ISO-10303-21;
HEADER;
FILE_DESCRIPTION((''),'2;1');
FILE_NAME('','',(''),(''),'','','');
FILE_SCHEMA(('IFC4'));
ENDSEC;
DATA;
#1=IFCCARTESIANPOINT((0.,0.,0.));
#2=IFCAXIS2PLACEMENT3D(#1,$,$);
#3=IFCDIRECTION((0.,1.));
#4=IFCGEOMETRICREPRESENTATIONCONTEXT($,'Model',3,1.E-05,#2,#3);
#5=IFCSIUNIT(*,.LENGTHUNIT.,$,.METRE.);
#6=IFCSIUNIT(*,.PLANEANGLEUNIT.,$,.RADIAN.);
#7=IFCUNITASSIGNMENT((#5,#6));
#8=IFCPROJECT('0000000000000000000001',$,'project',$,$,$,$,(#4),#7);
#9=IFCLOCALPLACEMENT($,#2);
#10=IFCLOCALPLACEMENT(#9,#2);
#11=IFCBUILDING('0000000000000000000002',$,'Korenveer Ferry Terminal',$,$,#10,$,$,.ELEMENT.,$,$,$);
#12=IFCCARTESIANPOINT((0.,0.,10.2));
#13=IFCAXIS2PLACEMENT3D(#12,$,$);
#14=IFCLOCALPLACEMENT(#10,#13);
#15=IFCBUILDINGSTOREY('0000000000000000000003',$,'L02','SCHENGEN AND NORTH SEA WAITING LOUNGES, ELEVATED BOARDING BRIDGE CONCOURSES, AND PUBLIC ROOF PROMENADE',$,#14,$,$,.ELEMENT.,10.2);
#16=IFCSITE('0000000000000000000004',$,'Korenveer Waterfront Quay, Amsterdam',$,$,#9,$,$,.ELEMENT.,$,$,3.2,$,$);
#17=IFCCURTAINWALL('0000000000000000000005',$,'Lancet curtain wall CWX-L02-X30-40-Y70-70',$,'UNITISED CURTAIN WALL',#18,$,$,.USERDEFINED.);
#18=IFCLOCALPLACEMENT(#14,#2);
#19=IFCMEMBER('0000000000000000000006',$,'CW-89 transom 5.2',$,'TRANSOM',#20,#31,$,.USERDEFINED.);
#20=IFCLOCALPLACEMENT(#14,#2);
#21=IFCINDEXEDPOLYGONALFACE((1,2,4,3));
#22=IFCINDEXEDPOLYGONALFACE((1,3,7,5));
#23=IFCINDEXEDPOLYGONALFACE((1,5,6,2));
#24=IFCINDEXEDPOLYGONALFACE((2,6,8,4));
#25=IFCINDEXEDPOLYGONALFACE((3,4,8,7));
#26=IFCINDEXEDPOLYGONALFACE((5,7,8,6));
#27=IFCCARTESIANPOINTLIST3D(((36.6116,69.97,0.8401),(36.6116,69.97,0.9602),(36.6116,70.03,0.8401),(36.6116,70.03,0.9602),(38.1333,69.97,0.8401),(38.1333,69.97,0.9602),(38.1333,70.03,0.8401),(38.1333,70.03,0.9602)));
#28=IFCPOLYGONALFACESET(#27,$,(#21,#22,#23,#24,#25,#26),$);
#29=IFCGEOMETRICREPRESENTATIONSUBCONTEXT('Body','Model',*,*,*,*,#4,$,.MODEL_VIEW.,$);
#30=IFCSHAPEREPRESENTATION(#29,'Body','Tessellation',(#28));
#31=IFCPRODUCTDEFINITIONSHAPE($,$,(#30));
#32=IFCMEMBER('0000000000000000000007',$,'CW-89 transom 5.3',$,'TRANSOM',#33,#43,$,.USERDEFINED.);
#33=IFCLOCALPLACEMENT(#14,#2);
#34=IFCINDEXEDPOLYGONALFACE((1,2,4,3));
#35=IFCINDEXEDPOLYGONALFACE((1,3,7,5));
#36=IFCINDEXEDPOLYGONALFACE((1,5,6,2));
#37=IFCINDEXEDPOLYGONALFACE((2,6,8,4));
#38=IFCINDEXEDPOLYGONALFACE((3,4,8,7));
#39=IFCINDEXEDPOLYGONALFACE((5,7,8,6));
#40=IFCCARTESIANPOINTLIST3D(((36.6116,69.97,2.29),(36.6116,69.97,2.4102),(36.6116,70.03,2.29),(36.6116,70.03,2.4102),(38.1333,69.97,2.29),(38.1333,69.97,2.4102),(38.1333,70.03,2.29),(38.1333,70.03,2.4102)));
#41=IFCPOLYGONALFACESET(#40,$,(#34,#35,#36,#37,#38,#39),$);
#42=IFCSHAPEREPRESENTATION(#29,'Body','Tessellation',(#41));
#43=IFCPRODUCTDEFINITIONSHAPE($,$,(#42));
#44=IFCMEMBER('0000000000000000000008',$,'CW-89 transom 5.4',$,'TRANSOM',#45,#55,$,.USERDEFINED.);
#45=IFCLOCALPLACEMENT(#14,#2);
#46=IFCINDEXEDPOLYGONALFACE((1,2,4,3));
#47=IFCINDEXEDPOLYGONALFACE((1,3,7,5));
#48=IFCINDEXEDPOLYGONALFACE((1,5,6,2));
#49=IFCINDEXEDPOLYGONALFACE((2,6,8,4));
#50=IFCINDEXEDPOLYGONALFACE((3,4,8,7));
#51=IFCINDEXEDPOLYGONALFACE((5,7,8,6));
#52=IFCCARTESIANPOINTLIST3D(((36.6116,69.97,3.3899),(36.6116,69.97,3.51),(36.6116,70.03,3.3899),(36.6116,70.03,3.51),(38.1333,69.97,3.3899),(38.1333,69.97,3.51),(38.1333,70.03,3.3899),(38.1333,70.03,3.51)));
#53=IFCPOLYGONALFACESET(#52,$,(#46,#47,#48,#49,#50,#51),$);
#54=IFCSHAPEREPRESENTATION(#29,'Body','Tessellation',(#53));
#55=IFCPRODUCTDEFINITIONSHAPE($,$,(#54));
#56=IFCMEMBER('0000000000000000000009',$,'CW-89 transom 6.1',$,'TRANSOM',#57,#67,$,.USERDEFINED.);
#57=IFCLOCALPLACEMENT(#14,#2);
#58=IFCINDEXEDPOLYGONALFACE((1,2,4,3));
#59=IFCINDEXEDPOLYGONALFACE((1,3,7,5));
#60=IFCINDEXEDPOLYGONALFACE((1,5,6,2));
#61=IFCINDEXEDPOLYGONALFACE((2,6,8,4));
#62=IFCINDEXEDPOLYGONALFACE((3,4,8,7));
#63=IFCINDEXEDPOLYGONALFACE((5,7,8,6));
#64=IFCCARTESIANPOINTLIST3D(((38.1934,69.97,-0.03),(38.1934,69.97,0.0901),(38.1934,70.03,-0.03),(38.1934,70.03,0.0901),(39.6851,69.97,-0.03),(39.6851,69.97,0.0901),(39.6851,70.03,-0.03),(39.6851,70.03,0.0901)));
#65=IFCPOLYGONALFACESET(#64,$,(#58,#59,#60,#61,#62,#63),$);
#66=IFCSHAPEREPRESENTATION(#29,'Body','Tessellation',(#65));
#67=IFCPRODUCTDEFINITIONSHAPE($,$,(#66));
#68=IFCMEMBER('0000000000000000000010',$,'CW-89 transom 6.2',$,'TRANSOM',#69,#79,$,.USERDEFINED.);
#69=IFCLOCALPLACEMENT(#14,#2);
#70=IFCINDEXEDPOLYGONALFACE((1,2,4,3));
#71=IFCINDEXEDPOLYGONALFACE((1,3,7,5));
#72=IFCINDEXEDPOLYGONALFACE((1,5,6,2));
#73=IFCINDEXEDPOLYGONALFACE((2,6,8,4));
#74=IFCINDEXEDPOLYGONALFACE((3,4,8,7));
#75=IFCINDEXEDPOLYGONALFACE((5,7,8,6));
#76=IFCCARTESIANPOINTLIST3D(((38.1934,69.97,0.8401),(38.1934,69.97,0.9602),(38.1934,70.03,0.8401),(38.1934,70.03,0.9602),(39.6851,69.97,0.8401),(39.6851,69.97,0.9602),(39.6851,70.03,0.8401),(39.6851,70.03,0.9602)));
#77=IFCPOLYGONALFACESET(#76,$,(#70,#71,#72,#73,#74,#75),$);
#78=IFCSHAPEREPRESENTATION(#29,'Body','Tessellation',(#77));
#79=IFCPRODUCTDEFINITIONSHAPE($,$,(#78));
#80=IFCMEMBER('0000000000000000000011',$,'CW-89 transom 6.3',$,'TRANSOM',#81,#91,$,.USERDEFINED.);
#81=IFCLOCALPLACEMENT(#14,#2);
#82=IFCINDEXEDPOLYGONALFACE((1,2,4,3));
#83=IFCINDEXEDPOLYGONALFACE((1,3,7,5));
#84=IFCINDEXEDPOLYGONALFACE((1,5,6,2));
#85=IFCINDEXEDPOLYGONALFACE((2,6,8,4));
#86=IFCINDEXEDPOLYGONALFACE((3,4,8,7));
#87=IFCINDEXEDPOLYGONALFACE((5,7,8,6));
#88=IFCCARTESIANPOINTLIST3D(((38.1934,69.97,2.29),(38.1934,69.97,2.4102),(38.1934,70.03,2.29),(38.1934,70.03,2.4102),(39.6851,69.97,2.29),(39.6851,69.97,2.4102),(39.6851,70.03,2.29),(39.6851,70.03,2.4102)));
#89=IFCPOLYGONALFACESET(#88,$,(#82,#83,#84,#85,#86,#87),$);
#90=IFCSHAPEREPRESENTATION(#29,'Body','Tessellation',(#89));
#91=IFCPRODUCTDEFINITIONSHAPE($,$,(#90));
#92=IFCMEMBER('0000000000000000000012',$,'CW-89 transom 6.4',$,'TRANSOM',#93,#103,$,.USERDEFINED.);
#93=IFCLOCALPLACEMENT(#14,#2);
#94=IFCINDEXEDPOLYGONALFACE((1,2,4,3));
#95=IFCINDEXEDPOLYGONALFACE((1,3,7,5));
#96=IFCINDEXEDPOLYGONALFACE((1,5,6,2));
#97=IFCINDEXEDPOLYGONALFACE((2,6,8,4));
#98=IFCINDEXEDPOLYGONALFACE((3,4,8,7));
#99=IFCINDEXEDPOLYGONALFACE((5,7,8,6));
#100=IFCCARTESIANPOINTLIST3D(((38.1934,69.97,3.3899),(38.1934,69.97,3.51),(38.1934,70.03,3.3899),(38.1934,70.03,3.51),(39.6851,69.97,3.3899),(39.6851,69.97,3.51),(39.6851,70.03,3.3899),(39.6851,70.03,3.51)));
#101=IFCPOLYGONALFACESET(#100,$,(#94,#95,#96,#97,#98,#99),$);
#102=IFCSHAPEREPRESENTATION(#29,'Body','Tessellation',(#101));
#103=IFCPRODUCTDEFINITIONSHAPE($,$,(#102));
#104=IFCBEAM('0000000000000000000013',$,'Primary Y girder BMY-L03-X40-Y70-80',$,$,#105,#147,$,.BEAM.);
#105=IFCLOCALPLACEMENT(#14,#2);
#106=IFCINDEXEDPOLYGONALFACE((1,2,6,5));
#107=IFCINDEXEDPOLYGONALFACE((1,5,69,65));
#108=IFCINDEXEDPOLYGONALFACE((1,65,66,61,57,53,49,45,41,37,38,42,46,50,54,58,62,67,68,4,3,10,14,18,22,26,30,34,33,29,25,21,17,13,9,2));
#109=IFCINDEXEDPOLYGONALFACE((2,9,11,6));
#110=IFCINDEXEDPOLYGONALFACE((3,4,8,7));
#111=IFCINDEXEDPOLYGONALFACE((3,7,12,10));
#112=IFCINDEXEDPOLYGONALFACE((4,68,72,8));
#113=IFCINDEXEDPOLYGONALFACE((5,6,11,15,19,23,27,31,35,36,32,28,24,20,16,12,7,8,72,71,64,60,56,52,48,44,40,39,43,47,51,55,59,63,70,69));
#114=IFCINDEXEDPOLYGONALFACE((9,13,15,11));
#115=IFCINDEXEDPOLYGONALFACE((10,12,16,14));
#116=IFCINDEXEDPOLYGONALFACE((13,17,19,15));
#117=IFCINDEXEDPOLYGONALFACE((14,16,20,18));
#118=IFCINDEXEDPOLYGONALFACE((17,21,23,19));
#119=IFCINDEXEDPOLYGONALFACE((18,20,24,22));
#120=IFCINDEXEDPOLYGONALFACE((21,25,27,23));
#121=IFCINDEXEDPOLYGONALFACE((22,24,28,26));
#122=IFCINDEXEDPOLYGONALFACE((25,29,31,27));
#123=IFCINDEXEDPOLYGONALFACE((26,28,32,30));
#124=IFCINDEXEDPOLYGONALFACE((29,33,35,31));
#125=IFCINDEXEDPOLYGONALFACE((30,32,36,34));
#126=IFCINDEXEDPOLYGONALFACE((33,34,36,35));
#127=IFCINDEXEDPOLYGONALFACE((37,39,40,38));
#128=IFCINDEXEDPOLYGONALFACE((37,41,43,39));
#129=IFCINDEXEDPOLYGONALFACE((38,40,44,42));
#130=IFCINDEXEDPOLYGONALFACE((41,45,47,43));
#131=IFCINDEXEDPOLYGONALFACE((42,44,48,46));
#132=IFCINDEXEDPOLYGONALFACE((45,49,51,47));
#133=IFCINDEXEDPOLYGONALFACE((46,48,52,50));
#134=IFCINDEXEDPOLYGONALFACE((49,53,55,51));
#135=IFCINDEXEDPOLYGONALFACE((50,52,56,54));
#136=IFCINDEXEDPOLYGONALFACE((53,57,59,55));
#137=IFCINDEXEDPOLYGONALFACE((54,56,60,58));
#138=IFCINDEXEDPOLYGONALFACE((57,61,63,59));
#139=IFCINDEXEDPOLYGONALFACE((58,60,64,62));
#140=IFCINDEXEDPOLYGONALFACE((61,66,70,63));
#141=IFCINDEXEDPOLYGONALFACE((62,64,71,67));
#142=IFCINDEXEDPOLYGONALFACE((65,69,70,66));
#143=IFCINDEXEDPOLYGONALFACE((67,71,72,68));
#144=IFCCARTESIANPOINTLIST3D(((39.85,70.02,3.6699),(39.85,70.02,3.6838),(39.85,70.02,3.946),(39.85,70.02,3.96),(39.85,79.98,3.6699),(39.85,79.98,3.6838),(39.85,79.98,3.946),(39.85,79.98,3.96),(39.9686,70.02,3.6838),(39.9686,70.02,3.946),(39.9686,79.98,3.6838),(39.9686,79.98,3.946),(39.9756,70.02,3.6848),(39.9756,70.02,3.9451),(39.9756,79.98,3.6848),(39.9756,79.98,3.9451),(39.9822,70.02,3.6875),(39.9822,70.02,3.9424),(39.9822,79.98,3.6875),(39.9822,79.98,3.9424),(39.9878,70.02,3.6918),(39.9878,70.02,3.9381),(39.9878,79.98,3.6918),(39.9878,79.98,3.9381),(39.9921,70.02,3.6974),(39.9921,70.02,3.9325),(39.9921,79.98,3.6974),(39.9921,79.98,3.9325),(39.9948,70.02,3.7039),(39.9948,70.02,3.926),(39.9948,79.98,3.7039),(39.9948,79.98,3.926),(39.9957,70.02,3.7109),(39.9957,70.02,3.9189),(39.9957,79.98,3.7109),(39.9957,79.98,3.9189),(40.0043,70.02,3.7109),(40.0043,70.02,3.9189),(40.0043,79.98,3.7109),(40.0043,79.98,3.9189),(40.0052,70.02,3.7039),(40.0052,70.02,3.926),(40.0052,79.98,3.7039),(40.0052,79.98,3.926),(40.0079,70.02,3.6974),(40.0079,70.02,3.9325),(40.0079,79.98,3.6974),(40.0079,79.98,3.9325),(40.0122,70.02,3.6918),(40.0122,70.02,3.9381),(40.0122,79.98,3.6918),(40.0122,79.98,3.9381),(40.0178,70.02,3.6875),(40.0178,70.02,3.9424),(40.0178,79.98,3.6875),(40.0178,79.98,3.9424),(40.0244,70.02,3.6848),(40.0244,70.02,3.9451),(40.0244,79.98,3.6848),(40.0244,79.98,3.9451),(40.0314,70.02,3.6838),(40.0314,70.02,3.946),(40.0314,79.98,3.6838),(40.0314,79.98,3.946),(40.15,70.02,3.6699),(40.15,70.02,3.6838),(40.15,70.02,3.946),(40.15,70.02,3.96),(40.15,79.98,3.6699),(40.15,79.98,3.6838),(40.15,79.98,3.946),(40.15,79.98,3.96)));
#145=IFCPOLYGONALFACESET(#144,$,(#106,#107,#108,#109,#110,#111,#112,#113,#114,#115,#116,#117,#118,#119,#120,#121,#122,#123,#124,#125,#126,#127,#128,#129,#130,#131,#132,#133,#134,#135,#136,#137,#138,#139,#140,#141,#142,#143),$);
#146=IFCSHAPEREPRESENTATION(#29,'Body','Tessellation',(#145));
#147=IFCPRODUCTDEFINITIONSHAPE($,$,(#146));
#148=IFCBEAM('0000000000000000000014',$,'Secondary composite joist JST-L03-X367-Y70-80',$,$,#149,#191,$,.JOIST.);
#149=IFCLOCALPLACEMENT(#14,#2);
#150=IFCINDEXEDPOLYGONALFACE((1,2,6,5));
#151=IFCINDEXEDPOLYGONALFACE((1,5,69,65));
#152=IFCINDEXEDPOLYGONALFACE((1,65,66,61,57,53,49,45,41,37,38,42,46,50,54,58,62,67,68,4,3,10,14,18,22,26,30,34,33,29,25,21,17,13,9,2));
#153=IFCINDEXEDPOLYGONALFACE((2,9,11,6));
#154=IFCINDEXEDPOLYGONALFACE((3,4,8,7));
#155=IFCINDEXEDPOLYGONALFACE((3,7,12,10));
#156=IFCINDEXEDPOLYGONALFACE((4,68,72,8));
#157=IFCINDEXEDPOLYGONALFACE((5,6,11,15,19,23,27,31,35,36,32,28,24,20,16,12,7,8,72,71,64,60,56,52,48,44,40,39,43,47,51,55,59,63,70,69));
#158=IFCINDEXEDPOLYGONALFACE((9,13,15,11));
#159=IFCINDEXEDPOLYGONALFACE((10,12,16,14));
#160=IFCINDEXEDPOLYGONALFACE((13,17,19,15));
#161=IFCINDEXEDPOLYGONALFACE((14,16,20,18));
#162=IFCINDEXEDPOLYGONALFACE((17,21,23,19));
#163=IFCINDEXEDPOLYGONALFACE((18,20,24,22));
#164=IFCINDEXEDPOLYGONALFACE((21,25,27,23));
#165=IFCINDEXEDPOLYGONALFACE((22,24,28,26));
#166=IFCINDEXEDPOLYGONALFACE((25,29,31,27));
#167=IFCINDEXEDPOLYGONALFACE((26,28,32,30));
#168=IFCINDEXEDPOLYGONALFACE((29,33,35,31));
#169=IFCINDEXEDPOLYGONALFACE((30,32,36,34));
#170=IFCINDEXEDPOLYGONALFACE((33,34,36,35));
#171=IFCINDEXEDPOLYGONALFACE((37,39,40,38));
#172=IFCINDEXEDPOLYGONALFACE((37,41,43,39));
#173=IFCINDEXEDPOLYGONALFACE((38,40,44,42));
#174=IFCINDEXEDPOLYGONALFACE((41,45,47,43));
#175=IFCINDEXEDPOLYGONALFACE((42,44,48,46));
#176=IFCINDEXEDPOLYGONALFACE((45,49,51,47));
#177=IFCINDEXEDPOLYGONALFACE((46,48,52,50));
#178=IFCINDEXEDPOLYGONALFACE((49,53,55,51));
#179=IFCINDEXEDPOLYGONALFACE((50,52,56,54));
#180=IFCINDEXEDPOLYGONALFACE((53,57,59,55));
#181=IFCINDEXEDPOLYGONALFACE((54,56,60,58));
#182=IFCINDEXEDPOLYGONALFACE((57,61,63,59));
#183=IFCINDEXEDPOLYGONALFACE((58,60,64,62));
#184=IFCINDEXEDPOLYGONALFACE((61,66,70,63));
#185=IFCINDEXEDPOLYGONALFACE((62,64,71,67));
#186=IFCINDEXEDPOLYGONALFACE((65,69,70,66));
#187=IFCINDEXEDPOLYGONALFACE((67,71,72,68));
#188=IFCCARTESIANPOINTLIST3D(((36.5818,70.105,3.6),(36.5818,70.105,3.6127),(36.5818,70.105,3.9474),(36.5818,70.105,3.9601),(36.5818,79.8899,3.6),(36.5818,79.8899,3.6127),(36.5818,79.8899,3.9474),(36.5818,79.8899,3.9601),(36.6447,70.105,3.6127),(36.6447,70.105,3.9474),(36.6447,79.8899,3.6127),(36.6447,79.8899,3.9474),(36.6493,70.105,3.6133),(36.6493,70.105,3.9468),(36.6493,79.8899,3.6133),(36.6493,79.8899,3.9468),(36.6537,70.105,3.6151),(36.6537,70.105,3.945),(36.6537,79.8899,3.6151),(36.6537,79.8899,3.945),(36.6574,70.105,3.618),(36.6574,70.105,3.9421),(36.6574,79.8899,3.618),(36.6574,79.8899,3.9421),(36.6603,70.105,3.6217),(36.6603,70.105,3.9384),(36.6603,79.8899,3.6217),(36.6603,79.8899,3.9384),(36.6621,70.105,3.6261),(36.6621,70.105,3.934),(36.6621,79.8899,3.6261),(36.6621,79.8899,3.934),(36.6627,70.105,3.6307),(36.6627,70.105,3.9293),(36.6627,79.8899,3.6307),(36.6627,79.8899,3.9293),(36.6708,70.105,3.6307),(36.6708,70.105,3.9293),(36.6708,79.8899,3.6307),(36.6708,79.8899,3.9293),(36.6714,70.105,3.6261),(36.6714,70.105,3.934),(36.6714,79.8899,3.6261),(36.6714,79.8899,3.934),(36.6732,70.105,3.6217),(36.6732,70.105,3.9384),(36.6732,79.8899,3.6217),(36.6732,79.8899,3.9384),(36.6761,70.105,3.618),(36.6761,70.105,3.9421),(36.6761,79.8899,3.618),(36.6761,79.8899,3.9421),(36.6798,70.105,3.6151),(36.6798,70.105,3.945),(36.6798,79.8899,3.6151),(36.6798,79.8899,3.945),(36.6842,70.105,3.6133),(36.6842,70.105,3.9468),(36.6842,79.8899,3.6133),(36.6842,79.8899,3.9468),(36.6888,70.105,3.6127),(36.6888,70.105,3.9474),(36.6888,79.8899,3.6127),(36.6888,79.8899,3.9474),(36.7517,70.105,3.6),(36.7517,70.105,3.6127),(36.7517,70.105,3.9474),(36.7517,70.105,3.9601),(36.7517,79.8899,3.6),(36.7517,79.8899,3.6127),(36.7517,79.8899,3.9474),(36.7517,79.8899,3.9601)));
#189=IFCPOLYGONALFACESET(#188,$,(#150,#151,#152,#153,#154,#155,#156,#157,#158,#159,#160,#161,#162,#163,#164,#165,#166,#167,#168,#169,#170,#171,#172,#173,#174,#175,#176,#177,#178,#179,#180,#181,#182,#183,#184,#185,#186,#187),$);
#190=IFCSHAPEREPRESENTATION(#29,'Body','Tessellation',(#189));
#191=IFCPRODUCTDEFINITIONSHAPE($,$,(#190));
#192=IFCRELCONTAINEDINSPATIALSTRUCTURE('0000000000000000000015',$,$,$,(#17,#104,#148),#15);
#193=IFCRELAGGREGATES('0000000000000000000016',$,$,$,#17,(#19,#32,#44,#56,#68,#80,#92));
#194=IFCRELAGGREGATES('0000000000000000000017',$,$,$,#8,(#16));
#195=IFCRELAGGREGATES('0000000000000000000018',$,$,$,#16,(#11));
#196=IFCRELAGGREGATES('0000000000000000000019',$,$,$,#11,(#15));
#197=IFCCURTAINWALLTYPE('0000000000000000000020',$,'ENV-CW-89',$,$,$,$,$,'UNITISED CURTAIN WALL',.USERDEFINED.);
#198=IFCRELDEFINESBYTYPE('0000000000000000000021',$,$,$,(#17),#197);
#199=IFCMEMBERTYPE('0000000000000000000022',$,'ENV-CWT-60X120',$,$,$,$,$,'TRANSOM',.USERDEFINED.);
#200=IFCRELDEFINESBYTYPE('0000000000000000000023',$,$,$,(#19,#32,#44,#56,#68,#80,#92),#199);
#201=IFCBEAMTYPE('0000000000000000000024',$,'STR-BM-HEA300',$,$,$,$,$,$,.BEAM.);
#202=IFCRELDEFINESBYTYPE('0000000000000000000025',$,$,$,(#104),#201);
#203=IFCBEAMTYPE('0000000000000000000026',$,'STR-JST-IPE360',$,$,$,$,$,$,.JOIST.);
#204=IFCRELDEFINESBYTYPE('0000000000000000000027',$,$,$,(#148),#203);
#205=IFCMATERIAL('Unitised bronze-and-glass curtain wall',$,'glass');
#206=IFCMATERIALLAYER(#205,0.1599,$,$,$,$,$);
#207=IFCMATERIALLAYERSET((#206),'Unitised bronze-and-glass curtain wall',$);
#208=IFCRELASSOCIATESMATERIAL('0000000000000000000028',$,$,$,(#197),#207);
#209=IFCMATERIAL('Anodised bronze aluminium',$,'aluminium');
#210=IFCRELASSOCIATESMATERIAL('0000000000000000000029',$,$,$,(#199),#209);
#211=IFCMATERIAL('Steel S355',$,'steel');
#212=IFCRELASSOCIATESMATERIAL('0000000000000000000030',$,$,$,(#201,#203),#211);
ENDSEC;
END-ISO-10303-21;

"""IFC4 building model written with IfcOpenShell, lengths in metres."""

from ifc_helpers import new_model, si_unit, direction, frame, origin, origin_2d, place, context, subcontext, project, spatial, rectangle, i_section, extrude, material, layer, layer_set, material_profile, profile_set, type_object, element, aggregate, save


model = new_model("IFC4")

# Units and contexts
model_context = context("Model", 3, precision=1e-05, world=origin(), true_north=direction((0.0, 1.0)))
body_context = subcontext(model_context, "Body", "Model", "MODEL_VIEW")
ifc_project = project(units=[si_unit("LENGTHUNIT", "METRE"), si_unit("PLANEANGLEUNIT", "RADIAN")], contexts=[model_context])

# Site, building, storey
site_placement = place(None, origin())
site = spatial("IfcSite", under=ifc_project, at=site_placement, Name="Korenveer Waterfront Quay, Amsterdam", CompositionType="ELEMENT", RefElevation=3.2)
building_placement = place(site_placement, origin())
building = spatial("IfcBuilding", under=site, at=building_placement, Name="Korenveer Ferry Terminal", CompositionType="ELEMENT")
storey_placement = place(building_placement, frame((0.0, 0.0, 10.2)))
storey = spatial("IfcBuildingStorey", under=building, at=storey_placement, Name="L02", Description="SCHENGEN AND NORTH SEA WAITING LOUNGES, ELEVATED BOARDING BRIDGE CONCOURSES, AND PUBLIC ROOF PROMENADE", CompositionType="ELEMENT", Elevation=10.2)

# Curtain wall, members
ifc_material_1 = material(Name="Unitised bronze-and-glass curtain wall", Category="glass")
ifc_layer_1 = layer(ifc_material_1, 0.1599)
ifc_layer_set_1 = layer_set([ifc_layer_1], Name="Unitised bronze-and-glass curtain wall")
curtain_wall_type = type_object("IfcCurtainWallType", Name="ENV-CW-89", ElementType="UNITISED CURTAIN WALL", PredefinedType="USERDEFINED", material=ifc_layer_set_1)
curtain_wall_placement = place(storey_placement, frame((30.2549, 70.0, 0.0)))
curtain_wall = element("IfcCurtainWall", 1, at=curtain_wall_placement, inside=storey, type_object=curtain_wall_type, Name="Lancet curtain wall CWX-L02-X30-40-Y70-70", ObjectType="UNITISED CURTAIN WALL", PredefinedType="USERDEFINED")
ifc_material_2 = material(Name="Anodised bronze aluminium", Category="aluminium")
ifc_material_profile_1 = material_profile(ifc_material_2, rectangle(XDim=0.0601, YDim=0.1201, at=origin_2d()), Name="ALU 60x120")
ifc_profile_set_1 = profile_set([ifc_material_profile_1], Name="Anodised bronze aluminium")
member_type_1 = type_object("IfcMemberType", Name="ENV-CWT-60X120", ElementType="TRANSOM", PredefinedType="USERDEFINED", material=ifc_profile_set_1)
member_1_placement = place(storey_placement, frame((36.6116, 70.0, 0.9001), z_axis=(1.0, 0.0, 0.0), x_axis=(0.0, 1.0, 0.0)))
member_1 = element("IfcMember", 2, at=member_1_placement, type_object=member_type_1, Name="CW-89 transom 5.2", ObjectType="TRANSOM", PredefinedType="USERDEFINED", context=body_context, shape_type="SweptSolid", body=[
    extrude(rectangle(XDim=0.0601, YDim=0.1201, at=origin_2d()), origin(), (0.0, 0.0, 1.0), 1.5217),
])
member_2_placement = place(storey_placement, frame((36.6116, 70.0, 2.3501), z_axis=(1.0, 0.0, 0.0), x_axis=(0.0, 1.0, 0.0)))
member_2 = element("IfcMember", 3, at=member_2_placement, type_object=member_type_1, Name="CW-89 transom 5.3", ObjectType="TRANSOM", PredefinedType="USERDEFINED", context=body_context, shape_type="SweptSolid", body=[
    extrude(rectangle(XDim=0.0601, YDim=0.1201, at=origin_2d()), origin(), (0.0, 0.0, 1.0), 1.5217),
])
member_3_placement = place(storey_placement, frame((36.6116, 70.0, 3.45), z_axis=(1.0, 0.0, 0.0), x_axis=(0.0, 1.0, 0.0)))
member_3 = element("IfcMember", 4, at=member_3_placement, type_object=member_type_1, Name="CW-89 transom 5.4", ObjectType="TRANSOM", PredefinedType="USERDEFINED", context=body_context, shape_type="SweptSolid", body=[
    extrude(rectangle(XDim=0.0601, YDim=0.1201, at=origin_2d()), origin(), (0.0, 0.0, 1.0), 1.5217),
])
member_4_placement = place(storey_placement, frame((38.1934, 70.0, 0.03), z_axis=(1.0, 0.0, 0.0), x_axis=(0.0, 1.0, 0.0)))
member_4 = element("IfcMember", 5, at=member_4_placement, type_object=member_type_1, Name="CW-89 transom 6.1", ObjectType="TRANSOM", PredefinedType="USERDEFINED", context=body_context, shape_type="SweptSolid", body=[
    extrude(rectangle(XDim=0.0601, YDim=0.1201, at=origin_2d()), origin(), (0.0, 0.0, 1.0), 1.4917),
])
member_5_placement = place(storey_placement, frame((38.1934, 70.0, 0.9001), z_axis=(1.0, 0.0, 0.0), x_axis=(0.0, 1.0, 0.0)))
member_5 = element("IfcMember", 6, at=member_5_placement, type_object=member_type_1, Name="CW-89 transom 6.2", ObjectType="TRANSOM", PredefinedType="USERDEFINED", context=body_context, shape_type="SweptSolid", body=[
    extrude(rectangle(XDim=0.0601, YDim=0.1201, at=origin_2d()), origin(), (0.0, 0.0, 1.0), 1.4917),
])
member_6_placement = place(storey_placement, frame((38.1934, 70.0, 2.3501), z_axis=(1.0, 0.0, 0.0), x_axis=(0.0, 1.0, 0.0)))
member_6 = element("IfcMember", 7, at=member_6_placement, type_object=member_type_1, Name="CW-89 transom 6.3", ObjectType="TRANSOM", PredefinedType="USERDEFINED", context=body_context, shape_type="SweptSolid", body=[
    extrude(rectangle(XDim=0.0601, YDim=0.1201, at=origin_2d()), origin(), (0.0, 0.0, 1.0), 1.4917),
])
member_7_placement = place(storey_placement, frame((38.1934, 70.0, 3.45), z_axis=(1.0, 0.0, 0.0), x_axis=(0.0, 1.0, 0.0)))
member_7 = element("IfcMember", 8, at=member_7_placement, type_object=member_type_1, Name="CW-89 transom 6.4", ObjectType="TRANSOM", PredefinedType="USERDEFINED", context=body_context, shape_type="SweptSolid", body=[
    extrude(rectangle(XDim=0.0601, YDim=0.1201, at=origin_2d()), origin(), (0.0, 0.0, 1.0), 1.4917),
])

# Beams
ifc_material_3 = material(Name="Steel S355", Category="steel")
ifc_material_profile_2 = material_profile(ifc_material_3, i_section(OverallWidth=0.3, OverallDepth=0.29, WebThickness=0.0085, FlangeThickness=0.0139, FilletRadius=0.0271, at=origin_2d()), Name="HEA 300")
ifc_profile_set_2 = profile_set([ifc_material_profile_2], Name="Steel S355")
beam_type_1 = type_object("IfcBeamType", Name="STR-BM-HEA300", PredefinedType="BEAM", material=ifc_profile_set_2)
beam_1_placement = place(storey_placement, frame((40.0, 70.02, 3.8149), z_axis=(0.0, 1.0, 0.0), x_axis=(-1.0, 0.0, 0.0)))
element("IfcBeam", 9, at=beam_1_placement, inside=storey, type_object=beam_type_1, Name="Primary Y girder BMY-L03-X40-Y70-80", PredefinedType="BEAM", context=body_context, shape_type="SweptSolid", body=[
    extrude(i_section(OverallWidth=0.3, OverallDepth=0.29, WebThickness=0.0085, FlangeThickness=0.0139, FilletRadius=0.0271, at=origin_2d()), origin(), (0.0, 0.0, 1.0), 9.96),
])
ifc_material_profile_3 = material_profile(ifc_material_3, i_section(OverallWidth=0.1699, OverallDepth=0.3601, WebThickness=0.0081, FlangeThickness=0.0127, FilletRadius=0.0181, at=origin_2d()), Name="IPE 360")
ifc_profile_set_3 = profile_set([ifc_material_profile_3], Name="Steel S355")
beam_type_2 = type_object("IfcBeamType", Name="STR-JST-IPE360", PredefinedType="JOIST", material=ifc_profile_set_3)
beam_2_placement = place(storey_placement, frame((36.6667, 70.105, 3.78), z_axis=(0.0, 1.0, 0.0), x_axis=(-1.0, 0.0, 0.0)))
element("IfcBeam", 10, at=beam_2_placement, inside=storey, type_object=beam_type_2, Name="Secondary composite joist JST-L03-X367-Y70-80", PredefinedType="JOIST", context=body_context, shape_type="SweptSolid", body=[
    extrude(i_section(OverallWidth=0.1699, OverallDepth=0.3601, WebThickness=0.0081, FlangeThickness=0.0127, FilletRadius=0.0181, at=origin_2d()), origin(), (0.0, 0.0, 1.0), 9.7849),
])

aggregate(curtain_wall, [member_1, member_2, member_3, member_4, member_5, member_6, member_7])

save(model, "model.ifc")
